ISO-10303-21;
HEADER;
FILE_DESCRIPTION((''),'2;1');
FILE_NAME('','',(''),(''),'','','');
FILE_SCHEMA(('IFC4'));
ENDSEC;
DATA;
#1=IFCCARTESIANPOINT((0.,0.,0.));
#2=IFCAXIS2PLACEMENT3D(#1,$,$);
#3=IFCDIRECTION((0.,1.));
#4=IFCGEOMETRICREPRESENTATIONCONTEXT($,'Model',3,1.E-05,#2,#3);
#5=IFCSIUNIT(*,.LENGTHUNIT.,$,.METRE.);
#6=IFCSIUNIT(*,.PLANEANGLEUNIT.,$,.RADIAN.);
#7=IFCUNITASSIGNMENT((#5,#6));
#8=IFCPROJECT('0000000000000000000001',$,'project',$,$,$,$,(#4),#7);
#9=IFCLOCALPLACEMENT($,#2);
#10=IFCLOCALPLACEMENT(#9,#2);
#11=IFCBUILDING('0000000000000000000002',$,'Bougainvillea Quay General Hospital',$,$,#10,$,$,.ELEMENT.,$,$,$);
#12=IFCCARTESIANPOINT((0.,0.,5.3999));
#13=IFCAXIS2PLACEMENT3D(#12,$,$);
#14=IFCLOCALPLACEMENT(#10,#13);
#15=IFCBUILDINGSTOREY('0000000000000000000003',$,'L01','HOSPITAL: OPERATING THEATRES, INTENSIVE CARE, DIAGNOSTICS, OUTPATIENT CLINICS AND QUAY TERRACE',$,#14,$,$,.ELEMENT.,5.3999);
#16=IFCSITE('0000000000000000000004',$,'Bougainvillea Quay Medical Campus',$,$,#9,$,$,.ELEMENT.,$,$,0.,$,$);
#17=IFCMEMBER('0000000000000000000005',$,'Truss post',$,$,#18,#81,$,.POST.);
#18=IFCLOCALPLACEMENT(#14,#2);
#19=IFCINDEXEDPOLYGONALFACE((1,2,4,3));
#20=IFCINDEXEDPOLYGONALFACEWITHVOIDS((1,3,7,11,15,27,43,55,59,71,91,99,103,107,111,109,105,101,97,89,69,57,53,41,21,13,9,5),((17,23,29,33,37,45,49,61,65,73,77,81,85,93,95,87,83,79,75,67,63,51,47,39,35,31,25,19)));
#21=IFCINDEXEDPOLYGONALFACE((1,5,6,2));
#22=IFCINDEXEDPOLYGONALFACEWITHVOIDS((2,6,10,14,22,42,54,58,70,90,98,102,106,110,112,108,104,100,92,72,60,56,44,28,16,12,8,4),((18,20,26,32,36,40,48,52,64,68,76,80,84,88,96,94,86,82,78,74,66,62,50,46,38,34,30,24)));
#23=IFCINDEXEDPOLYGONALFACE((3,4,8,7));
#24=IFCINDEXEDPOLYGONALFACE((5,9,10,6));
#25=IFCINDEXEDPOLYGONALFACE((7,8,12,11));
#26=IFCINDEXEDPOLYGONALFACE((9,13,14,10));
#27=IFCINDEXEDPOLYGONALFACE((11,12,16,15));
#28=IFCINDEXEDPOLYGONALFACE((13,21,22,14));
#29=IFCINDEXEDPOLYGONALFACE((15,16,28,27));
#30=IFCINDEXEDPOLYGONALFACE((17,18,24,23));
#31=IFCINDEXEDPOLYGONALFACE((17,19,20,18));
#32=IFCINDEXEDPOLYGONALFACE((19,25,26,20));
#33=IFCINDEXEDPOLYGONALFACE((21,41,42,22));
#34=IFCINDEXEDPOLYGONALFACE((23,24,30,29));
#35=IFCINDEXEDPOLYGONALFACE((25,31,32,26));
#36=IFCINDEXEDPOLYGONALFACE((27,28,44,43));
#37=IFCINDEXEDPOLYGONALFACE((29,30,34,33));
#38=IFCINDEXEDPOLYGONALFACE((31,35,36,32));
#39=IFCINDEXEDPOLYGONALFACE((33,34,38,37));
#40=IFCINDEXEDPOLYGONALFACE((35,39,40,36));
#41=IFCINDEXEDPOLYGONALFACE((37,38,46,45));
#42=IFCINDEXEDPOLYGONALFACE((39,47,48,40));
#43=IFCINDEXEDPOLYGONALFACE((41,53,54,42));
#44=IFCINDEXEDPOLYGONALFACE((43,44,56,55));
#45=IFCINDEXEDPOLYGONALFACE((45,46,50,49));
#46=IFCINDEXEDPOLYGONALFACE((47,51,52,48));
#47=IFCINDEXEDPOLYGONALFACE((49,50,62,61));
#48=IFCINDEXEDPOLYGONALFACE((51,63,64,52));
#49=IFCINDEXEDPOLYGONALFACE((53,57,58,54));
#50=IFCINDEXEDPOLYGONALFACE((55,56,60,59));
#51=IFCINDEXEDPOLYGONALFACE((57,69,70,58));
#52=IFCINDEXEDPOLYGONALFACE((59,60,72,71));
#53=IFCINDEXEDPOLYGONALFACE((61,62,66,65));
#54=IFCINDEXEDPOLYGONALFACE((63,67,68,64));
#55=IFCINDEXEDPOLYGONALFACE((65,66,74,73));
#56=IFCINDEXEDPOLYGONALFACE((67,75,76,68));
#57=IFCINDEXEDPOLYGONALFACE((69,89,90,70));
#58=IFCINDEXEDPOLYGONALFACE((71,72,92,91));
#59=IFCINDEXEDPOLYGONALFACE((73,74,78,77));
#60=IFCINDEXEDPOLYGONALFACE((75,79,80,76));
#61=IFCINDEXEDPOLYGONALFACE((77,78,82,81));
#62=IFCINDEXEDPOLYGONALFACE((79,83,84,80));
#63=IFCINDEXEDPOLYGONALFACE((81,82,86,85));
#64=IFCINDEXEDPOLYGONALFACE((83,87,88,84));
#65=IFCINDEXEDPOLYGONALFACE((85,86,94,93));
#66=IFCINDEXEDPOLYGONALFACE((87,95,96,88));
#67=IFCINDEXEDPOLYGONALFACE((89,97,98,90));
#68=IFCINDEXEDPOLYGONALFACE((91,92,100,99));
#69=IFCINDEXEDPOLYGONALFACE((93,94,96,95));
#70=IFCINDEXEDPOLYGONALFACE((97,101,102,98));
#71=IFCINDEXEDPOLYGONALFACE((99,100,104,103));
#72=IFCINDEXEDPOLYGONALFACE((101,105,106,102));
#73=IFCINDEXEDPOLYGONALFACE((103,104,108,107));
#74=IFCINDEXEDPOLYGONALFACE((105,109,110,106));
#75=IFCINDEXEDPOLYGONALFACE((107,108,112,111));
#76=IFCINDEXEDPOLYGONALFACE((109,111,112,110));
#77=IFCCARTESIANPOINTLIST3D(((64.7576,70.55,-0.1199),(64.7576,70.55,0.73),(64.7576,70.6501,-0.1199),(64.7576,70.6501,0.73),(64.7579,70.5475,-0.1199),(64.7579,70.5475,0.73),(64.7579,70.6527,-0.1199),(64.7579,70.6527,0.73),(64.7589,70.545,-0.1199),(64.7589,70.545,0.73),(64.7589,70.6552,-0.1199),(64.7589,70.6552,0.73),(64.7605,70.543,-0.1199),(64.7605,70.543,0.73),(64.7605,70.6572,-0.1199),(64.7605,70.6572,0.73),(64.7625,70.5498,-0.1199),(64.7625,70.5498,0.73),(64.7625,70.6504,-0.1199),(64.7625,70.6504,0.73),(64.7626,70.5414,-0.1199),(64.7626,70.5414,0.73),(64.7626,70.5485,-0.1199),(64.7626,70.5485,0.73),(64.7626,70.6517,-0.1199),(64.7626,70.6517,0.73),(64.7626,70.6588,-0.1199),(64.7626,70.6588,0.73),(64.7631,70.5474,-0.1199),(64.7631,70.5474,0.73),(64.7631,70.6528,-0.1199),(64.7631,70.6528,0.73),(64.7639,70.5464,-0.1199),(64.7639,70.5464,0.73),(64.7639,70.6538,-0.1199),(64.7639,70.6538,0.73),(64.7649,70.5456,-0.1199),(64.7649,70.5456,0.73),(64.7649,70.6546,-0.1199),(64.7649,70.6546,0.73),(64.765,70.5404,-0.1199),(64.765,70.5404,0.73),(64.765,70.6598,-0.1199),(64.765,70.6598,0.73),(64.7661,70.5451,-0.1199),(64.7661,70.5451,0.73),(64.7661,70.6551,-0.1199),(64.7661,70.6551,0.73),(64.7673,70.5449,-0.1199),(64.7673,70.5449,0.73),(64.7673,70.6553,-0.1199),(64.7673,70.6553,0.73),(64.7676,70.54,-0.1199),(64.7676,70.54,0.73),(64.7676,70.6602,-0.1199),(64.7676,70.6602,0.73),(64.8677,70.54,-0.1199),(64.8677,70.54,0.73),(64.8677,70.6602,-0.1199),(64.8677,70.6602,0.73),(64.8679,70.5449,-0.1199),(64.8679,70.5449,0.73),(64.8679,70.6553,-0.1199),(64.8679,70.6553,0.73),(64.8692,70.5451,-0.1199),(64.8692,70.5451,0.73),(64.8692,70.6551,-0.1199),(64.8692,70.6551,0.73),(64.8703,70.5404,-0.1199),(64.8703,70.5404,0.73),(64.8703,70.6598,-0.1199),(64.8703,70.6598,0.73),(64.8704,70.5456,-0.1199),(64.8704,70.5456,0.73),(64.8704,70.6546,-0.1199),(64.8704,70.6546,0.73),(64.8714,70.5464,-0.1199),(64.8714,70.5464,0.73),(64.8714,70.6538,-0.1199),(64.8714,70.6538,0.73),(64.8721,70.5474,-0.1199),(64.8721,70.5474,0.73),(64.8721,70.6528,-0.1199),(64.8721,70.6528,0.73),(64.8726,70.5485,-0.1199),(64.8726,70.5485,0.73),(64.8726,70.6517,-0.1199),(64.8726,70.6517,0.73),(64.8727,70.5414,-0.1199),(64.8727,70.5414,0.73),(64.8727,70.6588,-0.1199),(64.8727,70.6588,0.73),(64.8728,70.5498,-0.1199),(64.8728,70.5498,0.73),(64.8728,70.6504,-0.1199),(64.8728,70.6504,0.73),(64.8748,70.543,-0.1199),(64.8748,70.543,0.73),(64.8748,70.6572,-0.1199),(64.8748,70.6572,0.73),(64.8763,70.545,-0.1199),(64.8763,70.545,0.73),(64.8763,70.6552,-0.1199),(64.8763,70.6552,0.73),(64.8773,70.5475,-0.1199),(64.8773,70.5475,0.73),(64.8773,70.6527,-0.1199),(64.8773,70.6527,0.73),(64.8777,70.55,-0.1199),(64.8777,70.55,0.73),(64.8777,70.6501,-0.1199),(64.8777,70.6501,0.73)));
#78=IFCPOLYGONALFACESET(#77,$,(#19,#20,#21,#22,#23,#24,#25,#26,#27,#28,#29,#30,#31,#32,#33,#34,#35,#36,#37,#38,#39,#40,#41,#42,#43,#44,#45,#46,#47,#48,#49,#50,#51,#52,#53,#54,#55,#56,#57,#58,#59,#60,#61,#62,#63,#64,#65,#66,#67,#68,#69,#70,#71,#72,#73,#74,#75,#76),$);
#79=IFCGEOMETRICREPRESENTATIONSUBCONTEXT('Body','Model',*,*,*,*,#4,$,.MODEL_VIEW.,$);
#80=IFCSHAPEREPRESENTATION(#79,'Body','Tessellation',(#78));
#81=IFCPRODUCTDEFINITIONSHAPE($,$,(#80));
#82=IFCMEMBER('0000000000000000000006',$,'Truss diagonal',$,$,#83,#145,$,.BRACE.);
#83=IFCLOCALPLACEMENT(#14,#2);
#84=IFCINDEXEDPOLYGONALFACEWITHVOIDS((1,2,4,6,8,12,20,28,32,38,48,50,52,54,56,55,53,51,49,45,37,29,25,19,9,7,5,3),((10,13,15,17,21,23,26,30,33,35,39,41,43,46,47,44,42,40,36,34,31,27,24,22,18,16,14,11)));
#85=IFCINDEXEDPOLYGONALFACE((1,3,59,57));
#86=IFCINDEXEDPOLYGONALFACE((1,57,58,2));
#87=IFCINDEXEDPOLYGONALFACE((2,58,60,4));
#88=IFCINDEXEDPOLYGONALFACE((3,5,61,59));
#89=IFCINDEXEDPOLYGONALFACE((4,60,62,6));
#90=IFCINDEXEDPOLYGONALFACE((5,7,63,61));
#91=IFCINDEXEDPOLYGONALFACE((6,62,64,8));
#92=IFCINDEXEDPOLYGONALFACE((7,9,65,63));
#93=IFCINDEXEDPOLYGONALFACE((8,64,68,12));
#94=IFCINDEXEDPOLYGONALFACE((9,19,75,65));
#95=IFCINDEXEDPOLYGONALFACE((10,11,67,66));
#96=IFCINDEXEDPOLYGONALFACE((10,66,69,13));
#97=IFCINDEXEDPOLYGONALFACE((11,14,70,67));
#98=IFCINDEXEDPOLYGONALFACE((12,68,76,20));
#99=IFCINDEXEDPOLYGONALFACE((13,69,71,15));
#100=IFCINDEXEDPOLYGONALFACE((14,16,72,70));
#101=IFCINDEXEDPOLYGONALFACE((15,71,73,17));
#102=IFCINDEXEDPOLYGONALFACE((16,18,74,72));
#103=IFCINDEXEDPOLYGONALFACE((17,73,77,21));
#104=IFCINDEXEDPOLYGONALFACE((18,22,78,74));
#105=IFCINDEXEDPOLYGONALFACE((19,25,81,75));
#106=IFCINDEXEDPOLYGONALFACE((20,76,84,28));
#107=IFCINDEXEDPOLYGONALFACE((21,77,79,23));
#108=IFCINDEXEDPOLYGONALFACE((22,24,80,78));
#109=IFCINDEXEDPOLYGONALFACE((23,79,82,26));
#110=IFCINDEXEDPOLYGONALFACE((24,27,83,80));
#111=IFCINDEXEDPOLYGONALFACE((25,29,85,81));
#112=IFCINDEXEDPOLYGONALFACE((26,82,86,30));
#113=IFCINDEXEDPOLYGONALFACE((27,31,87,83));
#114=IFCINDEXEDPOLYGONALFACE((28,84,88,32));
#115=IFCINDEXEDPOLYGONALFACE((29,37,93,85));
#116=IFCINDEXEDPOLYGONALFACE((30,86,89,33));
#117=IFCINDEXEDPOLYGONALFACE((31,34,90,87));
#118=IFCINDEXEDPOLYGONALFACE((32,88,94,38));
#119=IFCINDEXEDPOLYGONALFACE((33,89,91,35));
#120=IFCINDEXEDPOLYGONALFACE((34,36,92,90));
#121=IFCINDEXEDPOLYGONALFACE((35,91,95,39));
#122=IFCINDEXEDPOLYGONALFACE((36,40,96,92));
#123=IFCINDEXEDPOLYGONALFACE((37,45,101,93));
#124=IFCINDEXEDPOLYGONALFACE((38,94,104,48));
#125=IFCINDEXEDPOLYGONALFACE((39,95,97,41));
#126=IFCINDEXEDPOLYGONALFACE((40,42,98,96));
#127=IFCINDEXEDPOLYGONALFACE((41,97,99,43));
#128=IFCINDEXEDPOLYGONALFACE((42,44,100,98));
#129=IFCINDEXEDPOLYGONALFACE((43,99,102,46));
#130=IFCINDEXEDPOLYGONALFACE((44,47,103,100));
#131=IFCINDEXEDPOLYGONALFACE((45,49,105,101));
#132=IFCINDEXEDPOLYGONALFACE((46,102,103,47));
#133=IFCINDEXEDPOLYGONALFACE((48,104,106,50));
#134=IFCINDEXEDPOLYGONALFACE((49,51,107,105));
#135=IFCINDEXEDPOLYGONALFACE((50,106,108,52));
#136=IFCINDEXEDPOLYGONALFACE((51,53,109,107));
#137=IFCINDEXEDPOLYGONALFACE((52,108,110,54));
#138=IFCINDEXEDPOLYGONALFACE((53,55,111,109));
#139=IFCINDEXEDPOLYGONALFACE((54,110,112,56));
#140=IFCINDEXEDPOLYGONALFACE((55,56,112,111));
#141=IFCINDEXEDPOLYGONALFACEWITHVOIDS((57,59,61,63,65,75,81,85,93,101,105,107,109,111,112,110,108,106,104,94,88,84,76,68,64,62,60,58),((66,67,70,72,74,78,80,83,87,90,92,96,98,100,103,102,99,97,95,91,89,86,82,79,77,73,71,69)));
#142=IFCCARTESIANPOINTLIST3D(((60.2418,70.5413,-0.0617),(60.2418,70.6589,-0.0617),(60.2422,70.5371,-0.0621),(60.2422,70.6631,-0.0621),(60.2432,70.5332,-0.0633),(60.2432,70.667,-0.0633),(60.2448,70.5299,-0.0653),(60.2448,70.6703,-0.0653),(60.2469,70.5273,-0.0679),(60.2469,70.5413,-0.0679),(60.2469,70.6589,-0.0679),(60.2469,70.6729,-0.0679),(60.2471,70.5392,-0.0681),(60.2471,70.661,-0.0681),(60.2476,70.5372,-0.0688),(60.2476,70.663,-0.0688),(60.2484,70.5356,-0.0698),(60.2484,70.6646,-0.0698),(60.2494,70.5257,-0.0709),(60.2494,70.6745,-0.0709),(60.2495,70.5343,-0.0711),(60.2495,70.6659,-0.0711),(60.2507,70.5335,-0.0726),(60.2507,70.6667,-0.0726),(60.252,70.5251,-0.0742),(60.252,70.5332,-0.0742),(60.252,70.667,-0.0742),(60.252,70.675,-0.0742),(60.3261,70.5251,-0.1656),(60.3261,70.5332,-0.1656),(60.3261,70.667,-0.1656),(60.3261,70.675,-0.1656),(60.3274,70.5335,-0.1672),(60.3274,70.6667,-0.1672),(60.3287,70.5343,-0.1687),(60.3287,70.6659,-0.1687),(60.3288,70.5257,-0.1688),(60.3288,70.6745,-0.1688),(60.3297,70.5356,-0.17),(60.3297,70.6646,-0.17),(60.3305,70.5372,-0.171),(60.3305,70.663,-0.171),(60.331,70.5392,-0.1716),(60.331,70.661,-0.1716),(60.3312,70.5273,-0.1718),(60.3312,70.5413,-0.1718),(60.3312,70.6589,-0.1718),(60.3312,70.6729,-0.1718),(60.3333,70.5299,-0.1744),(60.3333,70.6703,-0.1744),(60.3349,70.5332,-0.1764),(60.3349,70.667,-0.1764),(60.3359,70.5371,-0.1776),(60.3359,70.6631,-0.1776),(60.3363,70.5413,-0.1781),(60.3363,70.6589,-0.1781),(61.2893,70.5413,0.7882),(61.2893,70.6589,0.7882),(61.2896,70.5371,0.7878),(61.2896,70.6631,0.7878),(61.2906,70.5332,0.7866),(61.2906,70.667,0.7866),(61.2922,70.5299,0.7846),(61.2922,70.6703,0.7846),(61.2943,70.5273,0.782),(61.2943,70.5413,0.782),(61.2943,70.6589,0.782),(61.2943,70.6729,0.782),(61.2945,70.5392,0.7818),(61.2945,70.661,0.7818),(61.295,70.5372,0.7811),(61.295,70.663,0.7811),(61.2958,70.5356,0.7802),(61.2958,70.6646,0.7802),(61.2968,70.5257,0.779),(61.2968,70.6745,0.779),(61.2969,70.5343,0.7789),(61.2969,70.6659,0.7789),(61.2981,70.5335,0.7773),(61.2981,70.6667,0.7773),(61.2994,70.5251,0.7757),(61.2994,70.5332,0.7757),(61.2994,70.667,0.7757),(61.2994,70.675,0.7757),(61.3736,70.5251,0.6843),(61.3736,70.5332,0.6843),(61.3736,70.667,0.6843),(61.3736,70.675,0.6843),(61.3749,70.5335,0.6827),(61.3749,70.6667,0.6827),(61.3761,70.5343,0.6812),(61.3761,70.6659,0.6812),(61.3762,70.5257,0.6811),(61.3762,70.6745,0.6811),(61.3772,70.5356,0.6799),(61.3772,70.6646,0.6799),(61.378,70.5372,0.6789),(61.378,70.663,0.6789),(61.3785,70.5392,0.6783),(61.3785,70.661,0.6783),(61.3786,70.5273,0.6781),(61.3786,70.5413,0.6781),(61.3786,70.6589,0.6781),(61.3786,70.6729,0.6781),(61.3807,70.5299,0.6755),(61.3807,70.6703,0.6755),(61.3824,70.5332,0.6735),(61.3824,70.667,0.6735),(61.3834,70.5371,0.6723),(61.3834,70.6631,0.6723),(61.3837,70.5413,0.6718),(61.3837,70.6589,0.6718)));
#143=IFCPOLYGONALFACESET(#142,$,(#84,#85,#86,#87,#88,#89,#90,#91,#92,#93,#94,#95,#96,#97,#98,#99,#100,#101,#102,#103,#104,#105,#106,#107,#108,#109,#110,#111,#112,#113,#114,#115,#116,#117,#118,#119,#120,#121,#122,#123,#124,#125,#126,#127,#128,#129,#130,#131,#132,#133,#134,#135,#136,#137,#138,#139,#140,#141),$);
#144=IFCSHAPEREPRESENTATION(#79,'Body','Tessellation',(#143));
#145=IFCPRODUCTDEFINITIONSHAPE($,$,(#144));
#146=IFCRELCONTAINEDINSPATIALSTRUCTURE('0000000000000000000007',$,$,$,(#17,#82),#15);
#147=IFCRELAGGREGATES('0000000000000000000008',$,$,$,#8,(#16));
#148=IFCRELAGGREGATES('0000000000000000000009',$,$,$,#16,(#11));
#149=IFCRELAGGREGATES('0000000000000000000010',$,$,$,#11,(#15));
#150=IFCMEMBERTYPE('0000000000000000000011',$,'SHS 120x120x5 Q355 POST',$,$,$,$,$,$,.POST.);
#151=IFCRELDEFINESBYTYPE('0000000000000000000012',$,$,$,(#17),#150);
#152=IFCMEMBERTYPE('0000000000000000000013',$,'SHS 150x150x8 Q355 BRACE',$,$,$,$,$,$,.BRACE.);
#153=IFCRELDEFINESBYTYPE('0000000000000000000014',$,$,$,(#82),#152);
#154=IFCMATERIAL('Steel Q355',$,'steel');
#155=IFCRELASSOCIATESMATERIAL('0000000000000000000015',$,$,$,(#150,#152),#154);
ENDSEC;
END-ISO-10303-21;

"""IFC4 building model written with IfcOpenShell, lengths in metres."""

from ifc_helpers import new_model, si_unit, direction, frame, origin, origin_2d, place, context, subcontext, project, spatial, hollow_rectangle, extrude, material, material_profile, profile_set, type_object, element, save


model = new_model("IFC4")

# Units and contexts
model_context = context("Model", 3, precision=1e-05, world=origin(), true_north=direction((0.0, 1.0)))
body_context = subcontext(model_context, "Body", "Model", "MODEL_VIEW")
ifc_project = project(units=[si_unit("LENGTHUNIT", "METRE"), si_unit("PLANEANGLEUNIT", "RADIAN")], contexts=[model_context])

# Site, building, storey
site_placement = place(None, origin())
site = spatial("IfcSite", under=ifc_project, at=site_placement, Name="Bougainvillea Quay Medical Campus", CompositionType="ELEMENT", RefElevation=0.0)
building_placement = place(site_placement, origin())
building = spatial("IfcBuilding", under=site, at=building_placement, Name="Bougainvillea Quay General Hospital", CompositionType="ELEMENT")
storey_placement = place(building_placement, frame((0.0, 0.0, 5.3999)))
storey = spatial("IfcBuildingStorey", under=building, at=storey_placement, Name="L01", Description="HOSPITAL: OPERATING THEATRES, INTENSIVE CARE, DIAGNOSTICS, OUTPATIENT CLINICS AND QUAY TERRACE", CompositionType="ELEMENT", Elevation=5.3999)

# Members
ifc_material_1 = material(Name="Steel Q355", Category="steel")
ifc_material_profile_1 = material_profile(ifc_material_1, hollow_rectangle(XDim=0.1201, YDim=0.1201, WallThickness=0.0049, InnerFilletRadius=0.0049, OuterFilletRadius=0.01, at=origin_2d()))
ifc_profile_set_1 = profile_set([ifc_material_profile_1], Name="Steel Q355")
member_type_1 = type_object("IfcMemberType", Name="SHS 120x120x5 Q355 POST", PredefinedType="POST", material=ifc_profile_set_1)
for number, where, z_axis, x_axis, name in (
    (1, (64.8176, 70.6001, -0.1199), (0.0, 0.0, 1.0), (1.0, 0.0, 0.0), "Truss post"),
):
    element("IfcMember", number, at=place(storey_placement, frame(where, z_axis=z_axis, x_axis=x_axis)), inside=storey, type_object=member_type_1, Name=name, PredefinedType="POST", context=body_context, shape_type="SweptSolid", body=[
        extrude(hollow_rectangle(XDim=0.1201, YDim=0.1201, WallThickness=0.0049, InnerFilletRadius=0.0049, OuterFilletRadius=0.01, at=origin_2d()), origin(), (0.0, 0.0, 1.0), 0.8499),
    ])
ifc_material_profile_2 = material_profile(ifc_material_1, hollow_rectangle(XDim=0.1499, YDim=0.1499, WallThickness=0.0081, InnerFilletRadius=0.0081, OuterFilletRadius=0.0161, at=origin_2d()))
ifc_profile_set_2 = profile_set([ifc_material_profile_2], Name="Steel Q355")
member_type_2 = type_object("IfcMemberType", Name="SHS 150x150x8 Q355 BRACE", PredefinedType="BRACE", material=ifc_profile_set_2)
for number, where, z_axis, x_axis, name in (
    (2, (60.2891, 70.6001, -0.1199), (0.776524, 0.0, 0.630088), (0.0, 1.0, 0.0), "Truss diagonal"),
):
    element("IfcMember", number, at=place(storey_placement, frame(where, z_axis=z_axis, x_axis=x_axis)), inside=storey, type_object=member_type_2, Name=name, PredefinedType="BRACE", context=body_context, shape_type="SweptSolid", body=[
        extrude(hollow_rectangle(XDim=0.1499, YDim=0.1499, WallThickness=0.0081, InnerFilletRadius=0.0081, OuterFilletRadius=0.0161, at=origin_2d()), origin(), (0.0, 0.0, 1.0), 1.3489),
    ])

save(model, "model.ifc")
